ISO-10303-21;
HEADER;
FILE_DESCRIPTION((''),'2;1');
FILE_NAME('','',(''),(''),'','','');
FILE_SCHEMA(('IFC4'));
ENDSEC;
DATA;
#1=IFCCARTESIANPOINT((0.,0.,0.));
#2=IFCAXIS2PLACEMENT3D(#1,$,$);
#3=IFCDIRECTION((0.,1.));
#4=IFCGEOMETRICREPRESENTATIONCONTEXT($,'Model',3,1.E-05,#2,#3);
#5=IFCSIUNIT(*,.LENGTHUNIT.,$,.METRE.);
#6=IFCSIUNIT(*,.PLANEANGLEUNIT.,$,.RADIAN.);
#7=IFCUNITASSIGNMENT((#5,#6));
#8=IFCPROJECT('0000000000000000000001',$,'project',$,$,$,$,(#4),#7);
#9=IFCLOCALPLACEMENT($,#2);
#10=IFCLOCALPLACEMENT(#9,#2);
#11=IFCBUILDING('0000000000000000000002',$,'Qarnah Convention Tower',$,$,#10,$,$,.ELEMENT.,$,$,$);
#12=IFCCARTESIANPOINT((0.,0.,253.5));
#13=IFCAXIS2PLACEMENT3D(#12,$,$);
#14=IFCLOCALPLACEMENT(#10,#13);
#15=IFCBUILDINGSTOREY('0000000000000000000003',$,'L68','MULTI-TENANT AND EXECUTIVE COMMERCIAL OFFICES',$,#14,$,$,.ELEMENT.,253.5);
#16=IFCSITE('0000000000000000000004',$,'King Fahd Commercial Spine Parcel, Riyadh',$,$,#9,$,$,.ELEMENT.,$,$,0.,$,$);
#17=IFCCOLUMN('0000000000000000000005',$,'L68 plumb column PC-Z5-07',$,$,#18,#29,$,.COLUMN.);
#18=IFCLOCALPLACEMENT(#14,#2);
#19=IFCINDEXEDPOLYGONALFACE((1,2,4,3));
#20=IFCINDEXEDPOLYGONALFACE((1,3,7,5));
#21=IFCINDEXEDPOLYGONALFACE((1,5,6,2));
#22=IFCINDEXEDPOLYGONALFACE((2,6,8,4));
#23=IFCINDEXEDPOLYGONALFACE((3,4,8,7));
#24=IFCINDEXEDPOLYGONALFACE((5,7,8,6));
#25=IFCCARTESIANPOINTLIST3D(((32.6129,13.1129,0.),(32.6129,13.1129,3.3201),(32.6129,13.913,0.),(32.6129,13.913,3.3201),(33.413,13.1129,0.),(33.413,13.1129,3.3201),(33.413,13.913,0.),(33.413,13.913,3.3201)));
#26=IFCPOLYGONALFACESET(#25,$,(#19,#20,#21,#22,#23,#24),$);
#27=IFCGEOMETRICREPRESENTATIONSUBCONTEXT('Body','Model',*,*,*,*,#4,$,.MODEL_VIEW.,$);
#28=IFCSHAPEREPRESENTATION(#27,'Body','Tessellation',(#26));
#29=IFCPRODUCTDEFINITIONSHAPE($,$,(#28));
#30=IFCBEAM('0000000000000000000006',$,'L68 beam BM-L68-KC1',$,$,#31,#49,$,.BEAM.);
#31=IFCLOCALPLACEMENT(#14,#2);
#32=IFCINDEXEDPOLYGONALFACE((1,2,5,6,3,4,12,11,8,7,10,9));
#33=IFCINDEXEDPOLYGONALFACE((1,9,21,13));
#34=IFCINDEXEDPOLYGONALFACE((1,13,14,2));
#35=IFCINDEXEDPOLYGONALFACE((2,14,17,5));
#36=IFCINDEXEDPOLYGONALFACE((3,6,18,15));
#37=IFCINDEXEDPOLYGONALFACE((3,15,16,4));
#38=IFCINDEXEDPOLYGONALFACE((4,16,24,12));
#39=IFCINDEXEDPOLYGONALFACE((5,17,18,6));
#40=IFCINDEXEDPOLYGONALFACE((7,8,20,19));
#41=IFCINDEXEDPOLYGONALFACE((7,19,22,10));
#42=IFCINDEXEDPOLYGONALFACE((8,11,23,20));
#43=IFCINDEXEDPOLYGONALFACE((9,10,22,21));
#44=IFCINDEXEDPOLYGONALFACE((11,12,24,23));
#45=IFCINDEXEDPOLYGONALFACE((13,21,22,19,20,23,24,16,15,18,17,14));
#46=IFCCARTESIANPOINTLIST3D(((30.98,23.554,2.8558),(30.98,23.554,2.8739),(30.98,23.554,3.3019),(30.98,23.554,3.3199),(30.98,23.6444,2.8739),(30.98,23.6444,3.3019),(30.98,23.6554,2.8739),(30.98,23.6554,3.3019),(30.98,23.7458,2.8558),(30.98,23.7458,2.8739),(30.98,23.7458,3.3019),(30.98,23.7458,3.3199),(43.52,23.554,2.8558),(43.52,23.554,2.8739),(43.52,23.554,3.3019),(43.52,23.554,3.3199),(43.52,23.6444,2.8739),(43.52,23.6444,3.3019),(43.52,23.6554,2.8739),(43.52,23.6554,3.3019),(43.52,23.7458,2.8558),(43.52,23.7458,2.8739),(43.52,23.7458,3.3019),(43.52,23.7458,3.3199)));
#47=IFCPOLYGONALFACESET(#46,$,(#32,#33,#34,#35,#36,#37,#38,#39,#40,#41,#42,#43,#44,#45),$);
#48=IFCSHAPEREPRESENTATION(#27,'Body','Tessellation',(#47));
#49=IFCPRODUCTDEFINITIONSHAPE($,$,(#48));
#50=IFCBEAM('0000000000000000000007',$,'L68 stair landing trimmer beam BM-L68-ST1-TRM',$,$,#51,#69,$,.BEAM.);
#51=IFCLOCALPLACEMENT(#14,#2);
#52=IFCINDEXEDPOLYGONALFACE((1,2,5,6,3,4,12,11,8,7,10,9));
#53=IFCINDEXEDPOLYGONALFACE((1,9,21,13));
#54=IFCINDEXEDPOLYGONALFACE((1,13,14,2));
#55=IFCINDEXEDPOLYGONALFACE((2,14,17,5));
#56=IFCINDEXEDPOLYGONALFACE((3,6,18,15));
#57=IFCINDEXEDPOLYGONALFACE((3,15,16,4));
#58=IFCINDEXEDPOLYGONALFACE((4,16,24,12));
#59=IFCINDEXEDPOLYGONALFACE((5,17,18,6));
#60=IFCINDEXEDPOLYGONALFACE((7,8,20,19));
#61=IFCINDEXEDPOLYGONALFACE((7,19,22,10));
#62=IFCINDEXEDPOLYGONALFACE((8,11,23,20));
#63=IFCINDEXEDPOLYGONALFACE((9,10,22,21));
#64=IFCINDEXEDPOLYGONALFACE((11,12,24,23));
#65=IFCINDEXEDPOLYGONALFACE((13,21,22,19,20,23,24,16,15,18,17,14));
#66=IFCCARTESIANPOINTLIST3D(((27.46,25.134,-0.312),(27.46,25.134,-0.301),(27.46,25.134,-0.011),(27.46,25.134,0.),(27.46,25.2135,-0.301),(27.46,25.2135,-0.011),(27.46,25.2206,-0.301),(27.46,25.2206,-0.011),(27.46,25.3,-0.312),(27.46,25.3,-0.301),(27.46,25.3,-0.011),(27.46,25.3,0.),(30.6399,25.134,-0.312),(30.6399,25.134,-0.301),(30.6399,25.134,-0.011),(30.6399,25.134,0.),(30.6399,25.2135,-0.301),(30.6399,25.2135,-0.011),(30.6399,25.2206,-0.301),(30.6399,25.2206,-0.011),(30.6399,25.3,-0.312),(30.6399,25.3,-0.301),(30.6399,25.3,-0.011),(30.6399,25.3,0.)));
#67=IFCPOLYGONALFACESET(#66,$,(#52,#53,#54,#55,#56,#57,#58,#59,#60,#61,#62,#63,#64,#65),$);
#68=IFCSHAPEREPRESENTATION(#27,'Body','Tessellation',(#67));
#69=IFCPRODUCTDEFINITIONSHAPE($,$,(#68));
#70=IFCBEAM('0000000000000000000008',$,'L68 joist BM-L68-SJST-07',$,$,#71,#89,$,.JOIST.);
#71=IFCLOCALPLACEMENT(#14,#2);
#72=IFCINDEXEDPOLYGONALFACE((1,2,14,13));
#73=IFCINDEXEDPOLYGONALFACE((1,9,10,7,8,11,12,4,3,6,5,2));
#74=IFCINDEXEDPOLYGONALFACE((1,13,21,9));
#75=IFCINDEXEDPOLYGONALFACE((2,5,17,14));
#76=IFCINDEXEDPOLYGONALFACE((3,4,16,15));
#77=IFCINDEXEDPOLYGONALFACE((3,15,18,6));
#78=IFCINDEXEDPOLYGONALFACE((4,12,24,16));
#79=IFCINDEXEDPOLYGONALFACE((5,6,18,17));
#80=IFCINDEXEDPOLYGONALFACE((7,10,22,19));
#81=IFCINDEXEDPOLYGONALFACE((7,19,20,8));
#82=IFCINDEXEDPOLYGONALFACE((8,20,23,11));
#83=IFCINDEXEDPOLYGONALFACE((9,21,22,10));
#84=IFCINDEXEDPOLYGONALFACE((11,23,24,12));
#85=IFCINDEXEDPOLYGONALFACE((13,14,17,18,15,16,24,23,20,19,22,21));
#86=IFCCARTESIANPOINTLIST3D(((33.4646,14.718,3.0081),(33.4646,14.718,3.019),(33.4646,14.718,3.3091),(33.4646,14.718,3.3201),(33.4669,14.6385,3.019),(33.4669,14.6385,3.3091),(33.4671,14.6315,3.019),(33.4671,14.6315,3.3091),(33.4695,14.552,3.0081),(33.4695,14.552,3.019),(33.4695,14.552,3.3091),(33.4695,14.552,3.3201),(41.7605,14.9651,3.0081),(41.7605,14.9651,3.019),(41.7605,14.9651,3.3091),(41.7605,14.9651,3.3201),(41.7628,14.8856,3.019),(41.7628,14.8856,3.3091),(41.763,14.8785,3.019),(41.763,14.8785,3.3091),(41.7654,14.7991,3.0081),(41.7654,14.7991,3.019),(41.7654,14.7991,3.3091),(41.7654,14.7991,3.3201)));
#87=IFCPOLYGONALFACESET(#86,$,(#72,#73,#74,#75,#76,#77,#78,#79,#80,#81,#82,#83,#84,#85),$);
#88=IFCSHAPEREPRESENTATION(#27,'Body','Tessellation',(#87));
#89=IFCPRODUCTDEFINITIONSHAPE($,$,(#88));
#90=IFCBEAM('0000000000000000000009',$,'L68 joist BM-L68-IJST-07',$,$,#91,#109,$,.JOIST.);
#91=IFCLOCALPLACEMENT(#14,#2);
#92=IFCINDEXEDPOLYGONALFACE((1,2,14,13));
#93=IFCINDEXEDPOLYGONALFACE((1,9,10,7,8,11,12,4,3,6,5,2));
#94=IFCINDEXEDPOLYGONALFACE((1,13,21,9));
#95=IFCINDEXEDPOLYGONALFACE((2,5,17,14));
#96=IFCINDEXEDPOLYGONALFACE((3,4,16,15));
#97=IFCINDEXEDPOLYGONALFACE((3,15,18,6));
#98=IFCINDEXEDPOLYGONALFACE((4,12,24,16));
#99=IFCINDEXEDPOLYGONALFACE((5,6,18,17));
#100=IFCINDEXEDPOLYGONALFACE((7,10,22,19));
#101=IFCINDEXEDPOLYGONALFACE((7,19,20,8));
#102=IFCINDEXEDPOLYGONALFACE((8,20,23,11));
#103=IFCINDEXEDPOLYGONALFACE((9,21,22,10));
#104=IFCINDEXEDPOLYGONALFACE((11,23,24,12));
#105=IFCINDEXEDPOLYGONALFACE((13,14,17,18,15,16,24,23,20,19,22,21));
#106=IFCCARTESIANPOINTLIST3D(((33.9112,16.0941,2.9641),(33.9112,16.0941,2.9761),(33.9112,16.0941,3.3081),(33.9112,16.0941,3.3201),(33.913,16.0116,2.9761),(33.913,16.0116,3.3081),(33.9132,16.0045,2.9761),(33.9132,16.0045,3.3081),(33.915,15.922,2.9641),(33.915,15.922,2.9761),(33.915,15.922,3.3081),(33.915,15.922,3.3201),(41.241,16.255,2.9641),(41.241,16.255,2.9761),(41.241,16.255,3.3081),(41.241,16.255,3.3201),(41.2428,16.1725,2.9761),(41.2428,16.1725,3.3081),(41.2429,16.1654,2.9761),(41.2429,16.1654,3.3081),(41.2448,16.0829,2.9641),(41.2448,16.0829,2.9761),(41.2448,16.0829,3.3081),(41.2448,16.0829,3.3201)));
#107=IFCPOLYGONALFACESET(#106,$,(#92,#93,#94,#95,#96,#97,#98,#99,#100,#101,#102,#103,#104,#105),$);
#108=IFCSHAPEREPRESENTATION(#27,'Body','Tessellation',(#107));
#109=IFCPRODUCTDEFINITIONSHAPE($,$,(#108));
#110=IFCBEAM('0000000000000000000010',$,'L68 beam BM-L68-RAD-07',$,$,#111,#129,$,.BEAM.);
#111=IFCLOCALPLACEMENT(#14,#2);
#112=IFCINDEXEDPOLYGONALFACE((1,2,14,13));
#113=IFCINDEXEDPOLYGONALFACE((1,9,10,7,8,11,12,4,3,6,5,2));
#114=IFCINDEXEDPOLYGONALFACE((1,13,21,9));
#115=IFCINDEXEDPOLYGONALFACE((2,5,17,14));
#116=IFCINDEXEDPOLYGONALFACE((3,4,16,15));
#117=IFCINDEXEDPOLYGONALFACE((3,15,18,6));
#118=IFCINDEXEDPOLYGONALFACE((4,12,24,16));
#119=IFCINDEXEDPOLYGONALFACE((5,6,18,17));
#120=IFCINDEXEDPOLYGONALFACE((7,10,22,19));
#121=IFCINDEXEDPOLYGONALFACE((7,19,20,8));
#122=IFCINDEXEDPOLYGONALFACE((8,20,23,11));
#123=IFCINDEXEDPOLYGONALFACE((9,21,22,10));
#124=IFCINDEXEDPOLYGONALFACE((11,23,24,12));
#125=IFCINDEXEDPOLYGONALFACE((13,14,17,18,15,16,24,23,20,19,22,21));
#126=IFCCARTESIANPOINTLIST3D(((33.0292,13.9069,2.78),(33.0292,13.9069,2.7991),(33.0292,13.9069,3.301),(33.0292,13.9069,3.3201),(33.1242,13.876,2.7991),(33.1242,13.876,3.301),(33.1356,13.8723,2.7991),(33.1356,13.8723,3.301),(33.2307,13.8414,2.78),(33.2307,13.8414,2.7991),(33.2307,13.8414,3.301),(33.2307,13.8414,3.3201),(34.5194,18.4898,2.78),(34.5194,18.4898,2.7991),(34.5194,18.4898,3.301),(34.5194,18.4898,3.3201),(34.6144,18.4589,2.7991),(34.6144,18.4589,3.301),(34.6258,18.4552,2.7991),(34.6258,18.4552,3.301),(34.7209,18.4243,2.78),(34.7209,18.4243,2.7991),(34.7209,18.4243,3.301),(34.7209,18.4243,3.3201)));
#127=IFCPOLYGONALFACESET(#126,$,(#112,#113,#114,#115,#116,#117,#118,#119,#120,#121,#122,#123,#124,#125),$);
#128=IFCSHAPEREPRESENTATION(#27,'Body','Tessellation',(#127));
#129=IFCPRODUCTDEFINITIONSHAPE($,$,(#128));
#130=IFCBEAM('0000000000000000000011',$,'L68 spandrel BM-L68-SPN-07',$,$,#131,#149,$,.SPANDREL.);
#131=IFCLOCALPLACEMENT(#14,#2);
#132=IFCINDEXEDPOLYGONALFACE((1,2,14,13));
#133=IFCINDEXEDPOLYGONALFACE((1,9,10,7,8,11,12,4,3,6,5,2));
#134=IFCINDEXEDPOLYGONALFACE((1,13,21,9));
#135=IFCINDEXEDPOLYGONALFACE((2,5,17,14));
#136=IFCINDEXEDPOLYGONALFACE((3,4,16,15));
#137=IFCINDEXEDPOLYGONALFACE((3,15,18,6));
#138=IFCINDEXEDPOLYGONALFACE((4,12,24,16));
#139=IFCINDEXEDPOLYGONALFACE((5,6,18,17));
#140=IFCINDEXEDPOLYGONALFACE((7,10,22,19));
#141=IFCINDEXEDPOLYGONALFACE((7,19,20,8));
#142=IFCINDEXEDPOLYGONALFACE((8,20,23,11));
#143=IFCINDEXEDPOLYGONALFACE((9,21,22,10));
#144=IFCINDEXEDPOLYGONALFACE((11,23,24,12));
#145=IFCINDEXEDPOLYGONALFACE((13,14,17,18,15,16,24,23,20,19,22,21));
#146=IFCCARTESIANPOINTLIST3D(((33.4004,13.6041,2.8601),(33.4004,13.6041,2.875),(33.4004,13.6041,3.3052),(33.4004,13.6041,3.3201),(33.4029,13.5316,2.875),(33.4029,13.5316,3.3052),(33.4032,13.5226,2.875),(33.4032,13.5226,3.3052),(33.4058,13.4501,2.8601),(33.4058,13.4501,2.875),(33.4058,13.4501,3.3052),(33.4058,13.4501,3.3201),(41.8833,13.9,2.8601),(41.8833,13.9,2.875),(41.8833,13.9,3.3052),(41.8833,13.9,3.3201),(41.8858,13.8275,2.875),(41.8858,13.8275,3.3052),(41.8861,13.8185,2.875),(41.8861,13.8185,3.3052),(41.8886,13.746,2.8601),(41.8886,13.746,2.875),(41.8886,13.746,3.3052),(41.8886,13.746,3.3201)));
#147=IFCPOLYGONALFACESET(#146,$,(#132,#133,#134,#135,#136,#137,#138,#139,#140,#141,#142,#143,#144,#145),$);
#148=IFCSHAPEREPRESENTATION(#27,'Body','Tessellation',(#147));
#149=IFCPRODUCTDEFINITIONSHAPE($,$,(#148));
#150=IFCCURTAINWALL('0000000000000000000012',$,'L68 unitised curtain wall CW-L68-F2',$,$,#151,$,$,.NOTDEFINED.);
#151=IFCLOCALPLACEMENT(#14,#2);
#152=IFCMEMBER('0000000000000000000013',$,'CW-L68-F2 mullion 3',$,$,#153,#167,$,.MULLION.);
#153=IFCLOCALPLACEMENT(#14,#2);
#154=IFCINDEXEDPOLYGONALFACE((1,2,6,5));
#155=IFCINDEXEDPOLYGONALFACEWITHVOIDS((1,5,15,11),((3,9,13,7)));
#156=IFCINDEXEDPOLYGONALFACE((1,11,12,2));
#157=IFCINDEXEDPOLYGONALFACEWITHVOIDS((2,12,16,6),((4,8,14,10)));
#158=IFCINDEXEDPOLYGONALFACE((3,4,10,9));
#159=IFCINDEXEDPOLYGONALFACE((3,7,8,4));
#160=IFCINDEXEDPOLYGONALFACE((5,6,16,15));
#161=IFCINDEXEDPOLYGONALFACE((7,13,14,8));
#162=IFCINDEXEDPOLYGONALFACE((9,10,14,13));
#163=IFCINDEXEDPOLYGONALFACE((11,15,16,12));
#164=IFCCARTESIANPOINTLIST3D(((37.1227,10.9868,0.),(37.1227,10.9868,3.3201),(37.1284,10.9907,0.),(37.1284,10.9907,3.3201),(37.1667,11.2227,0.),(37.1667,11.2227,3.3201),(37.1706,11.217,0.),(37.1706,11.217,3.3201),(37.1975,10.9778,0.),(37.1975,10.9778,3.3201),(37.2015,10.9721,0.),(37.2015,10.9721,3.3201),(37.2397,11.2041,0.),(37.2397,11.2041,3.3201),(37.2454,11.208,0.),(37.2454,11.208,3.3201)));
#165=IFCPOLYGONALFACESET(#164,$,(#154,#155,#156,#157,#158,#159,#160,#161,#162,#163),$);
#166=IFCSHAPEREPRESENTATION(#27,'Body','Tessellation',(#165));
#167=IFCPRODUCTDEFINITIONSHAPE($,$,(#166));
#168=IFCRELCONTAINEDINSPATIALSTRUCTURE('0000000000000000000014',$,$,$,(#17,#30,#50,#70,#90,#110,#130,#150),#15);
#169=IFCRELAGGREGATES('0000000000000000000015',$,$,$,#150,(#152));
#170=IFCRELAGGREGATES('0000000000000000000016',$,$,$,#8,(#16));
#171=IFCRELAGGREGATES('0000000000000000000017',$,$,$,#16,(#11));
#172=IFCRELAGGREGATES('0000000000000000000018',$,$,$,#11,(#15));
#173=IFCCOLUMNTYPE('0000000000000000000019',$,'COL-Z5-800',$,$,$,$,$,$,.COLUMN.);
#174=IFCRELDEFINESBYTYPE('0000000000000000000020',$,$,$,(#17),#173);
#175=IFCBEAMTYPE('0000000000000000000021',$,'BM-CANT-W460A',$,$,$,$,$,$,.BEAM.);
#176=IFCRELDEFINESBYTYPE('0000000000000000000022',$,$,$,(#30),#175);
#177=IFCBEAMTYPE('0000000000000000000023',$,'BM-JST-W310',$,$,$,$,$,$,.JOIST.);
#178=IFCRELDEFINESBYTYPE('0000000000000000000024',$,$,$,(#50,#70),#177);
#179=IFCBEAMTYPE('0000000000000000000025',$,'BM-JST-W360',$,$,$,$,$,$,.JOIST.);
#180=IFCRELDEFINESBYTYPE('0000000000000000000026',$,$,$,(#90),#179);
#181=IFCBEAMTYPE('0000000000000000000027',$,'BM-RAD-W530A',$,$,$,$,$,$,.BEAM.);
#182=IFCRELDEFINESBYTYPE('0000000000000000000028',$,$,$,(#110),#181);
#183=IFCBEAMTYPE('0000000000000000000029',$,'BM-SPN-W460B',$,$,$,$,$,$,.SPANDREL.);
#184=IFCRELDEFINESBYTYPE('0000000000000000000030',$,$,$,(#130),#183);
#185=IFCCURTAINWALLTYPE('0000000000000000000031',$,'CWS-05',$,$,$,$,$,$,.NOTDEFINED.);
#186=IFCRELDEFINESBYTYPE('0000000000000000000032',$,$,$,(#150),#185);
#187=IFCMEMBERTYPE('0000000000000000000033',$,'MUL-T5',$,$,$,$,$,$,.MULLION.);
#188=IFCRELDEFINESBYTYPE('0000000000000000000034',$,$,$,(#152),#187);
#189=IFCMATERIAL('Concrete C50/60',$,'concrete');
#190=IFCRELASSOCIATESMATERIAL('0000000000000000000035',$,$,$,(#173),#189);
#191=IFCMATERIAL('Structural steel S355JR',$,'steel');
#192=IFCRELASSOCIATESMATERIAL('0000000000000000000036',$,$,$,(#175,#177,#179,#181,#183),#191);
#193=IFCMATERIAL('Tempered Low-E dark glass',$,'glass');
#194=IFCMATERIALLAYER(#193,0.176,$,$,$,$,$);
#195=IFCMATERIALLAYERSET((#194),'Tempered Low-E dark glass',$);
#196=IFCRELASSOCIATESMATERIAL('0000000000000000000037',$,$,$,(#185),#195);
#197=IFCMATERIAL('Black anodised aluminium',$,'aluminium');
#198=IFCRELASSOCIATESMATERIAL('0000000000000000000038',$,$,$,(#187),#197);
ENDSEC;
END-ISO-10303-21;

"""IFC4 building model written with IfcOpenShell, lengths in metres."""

from ifc_helpers import new_model, si_unit, direction, frame, origin, origin_2d, place, context, subcontext, project, spatial, rectangle, hollow_rectangle, i_section, extrude, material, layer, layer_set, material_profile, profile_set, type_object, element, aggregate, save


model = new_model("IFC4")

# Units and contexts
model_context = context("Model", 3, precision=1e-05, world=origin(), true_north=direction((0.0, 1.0)))
body_context = subcontext(model_context, "Body", "Model", "MODEL_VIEW")
ifc_project = project(units=[si_unit("LENGTHUNIT", "METRE"), si_unit("PLANEANGLEUNIT", "RADIAN")], contexts=[model_context])

# Site, building, storey
site_placement = place(None, origin())
site = spatial("IfcSite", under=ifc_project, at=site_placement, Name="King Fahd Commercial Spine Parcel, Riyadh", CompositionType="ELEMENT", RefElevation=0.0)
building_placement = place(site_placement, origin())
building = spatial("IfcBuilding", under=site, at=building_placement, Name="Qarnah Convention Tower", CompositionType="ELEMENT")
storey_placement = place(building_placement, frame((0.0, 0.0, 253.5)))
storey = spatial("IfcBuildingStorey", under=building, at=storey_placement, Name="L68", Description="MULTI-TENANT AND EXECUTIVE COMMERCIAL OFFICES", CompositionType="ELEMENT", Elevation=253.5)

# Column
ifc_material_1 = material(Name="Concrete C50/60", Category="concrete")
ifc_material_profile_1 = material_profile(ifc_material_1, rectangle(XDim=0.8, YDim=0.8, at=origin_2d()), Name="RC-COL-800X800")
ifc_profile_set_1 = profile_set([ifc_material_profile_1], Name="Concrete C50/60")
column_type = type_object("IfcColumnType", Name="COL-Z5-800", PredefinedType="COLUMN", material=ifc_profile_set_1)
column_placement = place(storey_placement, frame((33.0129, 13.5129, 0.0), z_axis=(0.0, 0.0, 1.0), x_axis=(1.0, 0.0, 0.0)))
element("IfcColumn", 1, at=column_placement, inside=storey, type_object=column_type, Name="L68 plumb column PC-Z5-07", PredefinedType="COLUMN", context=body_context, shape_type="SweptSolid", body=[
    extrude(rectangle(XDim=0.8, YDim=0.8, at=origin_2d()), origin(), (0.0, 0.0, 1.0), 3.3201),
])

# Beams
ifc_material_2 = material(Name="Structural steel S355JR", Category="steel")
ifc_material_profile_2 = material_profile(ifc_material_2, i_section(OverallWidth=0.1919, OverallDepth=0.4641, WebThickness=0.011, FlangeThickness=0.0181, at=origin_2d()), Name="W460X89")
ifc_profile_set_2 = profile_set([ifc_material_profile_2], Name="Structural steel S355JR")
beam_type_1 = type_object("IfcBeamType", Name="BM-CANT-W460A", PredefinedType="BEAM", material=ifc_profile_set_2)
beam_1_placement = place(storey_placement, frame((30.98, 23.6499, 3.0879), z_axis=(1.0, 0.0, 0.0), x_axis=(0.0, 1.0, 0.0)))
element("IfcBeam", 2, at=beam_1_placement, inside=storey, type_object=beam_type_1, Name="L68 beam BM-L68-KC1", PredefinedType="BEAM", context=body_context, shape_type="SweptSolid", body=[
    extrude(i_section(OverallWidth=0.1919, OverallDepth=0.4641, WebThickness=0.011, FlangeThickness=0.0181, at=origin_2d()), origin(), (0.0, 0.0, 1.0), 12.54),
])
ifc_material_profile_3 = material_profile(ifc_material_2, i_section(OverallWidth=0.166, OverallDepth=0.312, WebThickness=0.0071, FlangeThickness=0.011, at=origin_2d()), Name="W310X45")
ifc_profile_set_3 = profile_set([ifc_material_profile_3], Name="Structural steel S355JR")
beam_type_2 = type_object("IfcBeamType", Name="BM-JST-W310", PredefinedType="JOIST", material=ifc_profile_set_3)
beam_2_placement = place(storey_placement, frame((27.46, 25.217, -0.156), z_axis=(1.0, 0.0, 0.0), x_axis=(0.0, 1.0, 0.0)))
element("IfcBeam", 3, at=beam_2_placement, inside=storey, type_object=beam_type_2, Name="L68 stair landing trimmer beam BM-L68-ST1-TRM", PredefinedType="BEAM", context=body_context, shape_type="SweptSolid", body=[
    extrude(i_section(OverallWidth=0.166, OverallDepth=0.312, WebThickness=0.0071, FlangeThickness=0.011, at=origin_2d()), origin(), (0.0, 0.0, 1.0), 3.1799),
])
beam_3_placement = place(storey_placement, frame((33.467, 14.635, 3.1641), z_axis=(0.999557, 0.029769, 0.0), x_axis=(-0.029769, 0.999557, 0.0)))
element("IfcBeam", 4, at=beam_3_placement, inside=storey, type_object=beam_type_2, Name="L68 joist BM-L68-SJST-07", PredefinedType="JOIST", context=body_context, shape_type="SweptSolid", body=[
    extrude(i_section(OverallWidth=0.166, OverallDepth=0.312, WebThickness=0.0071, FlangeThickness=0.011, at=origin_2d()), origin(), (0.0, 0.0, 1.0), 8.2996),
])
ifc_material_profile_4 = material_profile(ifc_material_2, i_section(OverallWidth=0.1721, OverallDepth=0.356, WebThickness=0.0071, FlangeThickness=0.012, at=origin_2d()), Name="W360X51")
ifc_profile_set_4 = profile_set([ifc_material_profile_4], Name="Structural steel S355JR")
beam_type_3 = type_object("IfcBeamType", Name="BM-JST-W360", PredefinedType="JOIST", material=ifc_profile_set_4)
beam_4_placement = place(storey_placement, frame((33.9131, 16.0081, 3.1421), z_axis=(0.999759, 0.021945, 0.0), x_axis=(-0.021945, 0.999759, 0.0)))
element("IfcBeam", 5, at=beam_4_placement, inside=storey, type_object=beam_type_3, Name="L68 joist BM-L68-IJST-07", PredefinedType="JOIST", context=body_context, shape_type="SweptSolid", body=[
    extrude(i_section(OverallWidth=0.1721, OverallDepth=0.356, WebThickness=0.0071, FlangeThickness=0.012, at=origin_2d()), origin(), (0.0, 0.0, 1.0), 7.3315),
])
ifc_material_profile_5 = material_profile(ifc_material_2, i_section(OverallWidth=0.2119, OverallDepth=0.54, WebThickness=0.012, FlangeThickness=0.019, at=origin_2d()), Name="W530X109")
ifc_profile_set_5 = profile_set([ifc_material_profile_5], Name="Structural steel S355JR")
beam_type_4 = type_object("IfcBeamType", Name="BM-RAD-W530A", PredefinedType="BEAM", material=ifc_profile_set_5)
beam_5_placement = place(storey_placement, frame((34.6201, 18.457, 3.05), z_axis=(-0.309228, -0.950988, 0.0), x_axis=(0.950988, -0.309228, 0.0)))
element("IfcBeam", 6, at=beam_5_placement, inside=storey, type_object=beam_type_4, Name="L68 beam BM-L68-RAD-07", PredefinedType="BEAM", context=body_context, shape_type="SweptSolid", body=[
    extrude(i_section(OverallWidth=0.2119, OverallDepth=0.54, WebThickness=0.012, FlangeThickness=0.019, at=origin_2d()), origin(), (0.0, 0.0, 1.0), 4.8191),
])
ifc_material_profile_6 = material_profile(ifc_material_2, i_section(OverallWidth=0.1541, OverallDepth=0.46, WebThickness=0.009, FlangeThickness=0.0149, at=origin_2d()), Name="W460X68")
ifc_profile_set_6 = profile_set([ifc_material_profile_6], Name="Structural steel S355JR")
beam_type_5 = type_object("IfcBeamType", Name="BM-SPN-W460B", PredefinedType="SPANDREL", material=ifc_profile_set_6)
beam_6_placement = place(storey_placement, frame((33.4031, 13.5271, 3.0901), z_axis=(0.999392, 0.034861, 0.0), x_axis=(-0.034861, 0.999392, 0.0)))
element("IfcBeam", 7, at=beam_6_placement, inside=storey, type_object=beam_type_5, Name="L68 spandrel BM-L68-SPN-07", PredefinedType="SPANDREL", context=body_context, shape_type="SweptSolid", body=[
    extrude(i_section(OverallWidth=0.1541, OverallDepth=0.46, WebThickness=0.009, FlangeThickness=0.0149, at=origin_2d()), origin(), (0.0, 0.0, 1.0), 8.488),
])

# Curtain wall, member
ifc_material_3 = material(Name="Tempered Low-E dark glass", Category="glass")
ifc_layer_1 = layer(ifc_material_3, 0.176)
ifc_layer_set_1 = layer_set([ifc_layer_1], Name="Tempered Low-E dark glass")
curtain_wall_type = type_object("IfcCurtainWallType", Name="CWS-05", PredefinedType="NOTDEFINED", material=ifc_layer_set_1)
curtain_wall_placement = place(storey_placement, origin())
curtain_wall = element("IfcCurtainWall", 8, at=curtain_wall_placement, inside=storey, type_object=curtain_wall_type, Name="L68 unitised curtain wall CW-L68-F2", PredefinedType="NOTDEFINED")
ifc_material_4 = material(Name="Black anodised aluminium", Category="aluminium")
ifc_material_profile_7 = material_profile(ifc_material_4, hollow_rectangle(XDim=0.0801, YDim=0.24, WallThickness=0.0049, at=origin_2d()), Name="MUL-80X240")
ifc_profile_set_7 = profile_set([ifc_material_profile_7], Name="Black anodised aluminium")
member_type = type_object("IfcMemberType", Name="MUL-T5", PredefinedType="MULLION", material=ifc_profile_set_7)
member_1_placement = place(storey_placement, frame((37.1841, 11.0974, 0.0), z_axis=(0.0, 0.0, 1.0), x_axis=(-0.983062, 0.183273, 0.0)))
member_1 = element("IfcMember", 9, at=member_1_placement, type_object=member_type, Name="CW-L68-F2 mullion 3", PredefinedType="MULLION", context=body_context, shape_type="SweptSolid", body=[
    extrude(hollow_rectangle(XDim=0.0801, YDim=0.24, WallThickness=0.0049, at=origin_2d()), origin(), (0.0, 0.0, 1.0), 3.3201),
])
aggregate(curtain_wall, [member_1])

save(model, "model.ifc")
